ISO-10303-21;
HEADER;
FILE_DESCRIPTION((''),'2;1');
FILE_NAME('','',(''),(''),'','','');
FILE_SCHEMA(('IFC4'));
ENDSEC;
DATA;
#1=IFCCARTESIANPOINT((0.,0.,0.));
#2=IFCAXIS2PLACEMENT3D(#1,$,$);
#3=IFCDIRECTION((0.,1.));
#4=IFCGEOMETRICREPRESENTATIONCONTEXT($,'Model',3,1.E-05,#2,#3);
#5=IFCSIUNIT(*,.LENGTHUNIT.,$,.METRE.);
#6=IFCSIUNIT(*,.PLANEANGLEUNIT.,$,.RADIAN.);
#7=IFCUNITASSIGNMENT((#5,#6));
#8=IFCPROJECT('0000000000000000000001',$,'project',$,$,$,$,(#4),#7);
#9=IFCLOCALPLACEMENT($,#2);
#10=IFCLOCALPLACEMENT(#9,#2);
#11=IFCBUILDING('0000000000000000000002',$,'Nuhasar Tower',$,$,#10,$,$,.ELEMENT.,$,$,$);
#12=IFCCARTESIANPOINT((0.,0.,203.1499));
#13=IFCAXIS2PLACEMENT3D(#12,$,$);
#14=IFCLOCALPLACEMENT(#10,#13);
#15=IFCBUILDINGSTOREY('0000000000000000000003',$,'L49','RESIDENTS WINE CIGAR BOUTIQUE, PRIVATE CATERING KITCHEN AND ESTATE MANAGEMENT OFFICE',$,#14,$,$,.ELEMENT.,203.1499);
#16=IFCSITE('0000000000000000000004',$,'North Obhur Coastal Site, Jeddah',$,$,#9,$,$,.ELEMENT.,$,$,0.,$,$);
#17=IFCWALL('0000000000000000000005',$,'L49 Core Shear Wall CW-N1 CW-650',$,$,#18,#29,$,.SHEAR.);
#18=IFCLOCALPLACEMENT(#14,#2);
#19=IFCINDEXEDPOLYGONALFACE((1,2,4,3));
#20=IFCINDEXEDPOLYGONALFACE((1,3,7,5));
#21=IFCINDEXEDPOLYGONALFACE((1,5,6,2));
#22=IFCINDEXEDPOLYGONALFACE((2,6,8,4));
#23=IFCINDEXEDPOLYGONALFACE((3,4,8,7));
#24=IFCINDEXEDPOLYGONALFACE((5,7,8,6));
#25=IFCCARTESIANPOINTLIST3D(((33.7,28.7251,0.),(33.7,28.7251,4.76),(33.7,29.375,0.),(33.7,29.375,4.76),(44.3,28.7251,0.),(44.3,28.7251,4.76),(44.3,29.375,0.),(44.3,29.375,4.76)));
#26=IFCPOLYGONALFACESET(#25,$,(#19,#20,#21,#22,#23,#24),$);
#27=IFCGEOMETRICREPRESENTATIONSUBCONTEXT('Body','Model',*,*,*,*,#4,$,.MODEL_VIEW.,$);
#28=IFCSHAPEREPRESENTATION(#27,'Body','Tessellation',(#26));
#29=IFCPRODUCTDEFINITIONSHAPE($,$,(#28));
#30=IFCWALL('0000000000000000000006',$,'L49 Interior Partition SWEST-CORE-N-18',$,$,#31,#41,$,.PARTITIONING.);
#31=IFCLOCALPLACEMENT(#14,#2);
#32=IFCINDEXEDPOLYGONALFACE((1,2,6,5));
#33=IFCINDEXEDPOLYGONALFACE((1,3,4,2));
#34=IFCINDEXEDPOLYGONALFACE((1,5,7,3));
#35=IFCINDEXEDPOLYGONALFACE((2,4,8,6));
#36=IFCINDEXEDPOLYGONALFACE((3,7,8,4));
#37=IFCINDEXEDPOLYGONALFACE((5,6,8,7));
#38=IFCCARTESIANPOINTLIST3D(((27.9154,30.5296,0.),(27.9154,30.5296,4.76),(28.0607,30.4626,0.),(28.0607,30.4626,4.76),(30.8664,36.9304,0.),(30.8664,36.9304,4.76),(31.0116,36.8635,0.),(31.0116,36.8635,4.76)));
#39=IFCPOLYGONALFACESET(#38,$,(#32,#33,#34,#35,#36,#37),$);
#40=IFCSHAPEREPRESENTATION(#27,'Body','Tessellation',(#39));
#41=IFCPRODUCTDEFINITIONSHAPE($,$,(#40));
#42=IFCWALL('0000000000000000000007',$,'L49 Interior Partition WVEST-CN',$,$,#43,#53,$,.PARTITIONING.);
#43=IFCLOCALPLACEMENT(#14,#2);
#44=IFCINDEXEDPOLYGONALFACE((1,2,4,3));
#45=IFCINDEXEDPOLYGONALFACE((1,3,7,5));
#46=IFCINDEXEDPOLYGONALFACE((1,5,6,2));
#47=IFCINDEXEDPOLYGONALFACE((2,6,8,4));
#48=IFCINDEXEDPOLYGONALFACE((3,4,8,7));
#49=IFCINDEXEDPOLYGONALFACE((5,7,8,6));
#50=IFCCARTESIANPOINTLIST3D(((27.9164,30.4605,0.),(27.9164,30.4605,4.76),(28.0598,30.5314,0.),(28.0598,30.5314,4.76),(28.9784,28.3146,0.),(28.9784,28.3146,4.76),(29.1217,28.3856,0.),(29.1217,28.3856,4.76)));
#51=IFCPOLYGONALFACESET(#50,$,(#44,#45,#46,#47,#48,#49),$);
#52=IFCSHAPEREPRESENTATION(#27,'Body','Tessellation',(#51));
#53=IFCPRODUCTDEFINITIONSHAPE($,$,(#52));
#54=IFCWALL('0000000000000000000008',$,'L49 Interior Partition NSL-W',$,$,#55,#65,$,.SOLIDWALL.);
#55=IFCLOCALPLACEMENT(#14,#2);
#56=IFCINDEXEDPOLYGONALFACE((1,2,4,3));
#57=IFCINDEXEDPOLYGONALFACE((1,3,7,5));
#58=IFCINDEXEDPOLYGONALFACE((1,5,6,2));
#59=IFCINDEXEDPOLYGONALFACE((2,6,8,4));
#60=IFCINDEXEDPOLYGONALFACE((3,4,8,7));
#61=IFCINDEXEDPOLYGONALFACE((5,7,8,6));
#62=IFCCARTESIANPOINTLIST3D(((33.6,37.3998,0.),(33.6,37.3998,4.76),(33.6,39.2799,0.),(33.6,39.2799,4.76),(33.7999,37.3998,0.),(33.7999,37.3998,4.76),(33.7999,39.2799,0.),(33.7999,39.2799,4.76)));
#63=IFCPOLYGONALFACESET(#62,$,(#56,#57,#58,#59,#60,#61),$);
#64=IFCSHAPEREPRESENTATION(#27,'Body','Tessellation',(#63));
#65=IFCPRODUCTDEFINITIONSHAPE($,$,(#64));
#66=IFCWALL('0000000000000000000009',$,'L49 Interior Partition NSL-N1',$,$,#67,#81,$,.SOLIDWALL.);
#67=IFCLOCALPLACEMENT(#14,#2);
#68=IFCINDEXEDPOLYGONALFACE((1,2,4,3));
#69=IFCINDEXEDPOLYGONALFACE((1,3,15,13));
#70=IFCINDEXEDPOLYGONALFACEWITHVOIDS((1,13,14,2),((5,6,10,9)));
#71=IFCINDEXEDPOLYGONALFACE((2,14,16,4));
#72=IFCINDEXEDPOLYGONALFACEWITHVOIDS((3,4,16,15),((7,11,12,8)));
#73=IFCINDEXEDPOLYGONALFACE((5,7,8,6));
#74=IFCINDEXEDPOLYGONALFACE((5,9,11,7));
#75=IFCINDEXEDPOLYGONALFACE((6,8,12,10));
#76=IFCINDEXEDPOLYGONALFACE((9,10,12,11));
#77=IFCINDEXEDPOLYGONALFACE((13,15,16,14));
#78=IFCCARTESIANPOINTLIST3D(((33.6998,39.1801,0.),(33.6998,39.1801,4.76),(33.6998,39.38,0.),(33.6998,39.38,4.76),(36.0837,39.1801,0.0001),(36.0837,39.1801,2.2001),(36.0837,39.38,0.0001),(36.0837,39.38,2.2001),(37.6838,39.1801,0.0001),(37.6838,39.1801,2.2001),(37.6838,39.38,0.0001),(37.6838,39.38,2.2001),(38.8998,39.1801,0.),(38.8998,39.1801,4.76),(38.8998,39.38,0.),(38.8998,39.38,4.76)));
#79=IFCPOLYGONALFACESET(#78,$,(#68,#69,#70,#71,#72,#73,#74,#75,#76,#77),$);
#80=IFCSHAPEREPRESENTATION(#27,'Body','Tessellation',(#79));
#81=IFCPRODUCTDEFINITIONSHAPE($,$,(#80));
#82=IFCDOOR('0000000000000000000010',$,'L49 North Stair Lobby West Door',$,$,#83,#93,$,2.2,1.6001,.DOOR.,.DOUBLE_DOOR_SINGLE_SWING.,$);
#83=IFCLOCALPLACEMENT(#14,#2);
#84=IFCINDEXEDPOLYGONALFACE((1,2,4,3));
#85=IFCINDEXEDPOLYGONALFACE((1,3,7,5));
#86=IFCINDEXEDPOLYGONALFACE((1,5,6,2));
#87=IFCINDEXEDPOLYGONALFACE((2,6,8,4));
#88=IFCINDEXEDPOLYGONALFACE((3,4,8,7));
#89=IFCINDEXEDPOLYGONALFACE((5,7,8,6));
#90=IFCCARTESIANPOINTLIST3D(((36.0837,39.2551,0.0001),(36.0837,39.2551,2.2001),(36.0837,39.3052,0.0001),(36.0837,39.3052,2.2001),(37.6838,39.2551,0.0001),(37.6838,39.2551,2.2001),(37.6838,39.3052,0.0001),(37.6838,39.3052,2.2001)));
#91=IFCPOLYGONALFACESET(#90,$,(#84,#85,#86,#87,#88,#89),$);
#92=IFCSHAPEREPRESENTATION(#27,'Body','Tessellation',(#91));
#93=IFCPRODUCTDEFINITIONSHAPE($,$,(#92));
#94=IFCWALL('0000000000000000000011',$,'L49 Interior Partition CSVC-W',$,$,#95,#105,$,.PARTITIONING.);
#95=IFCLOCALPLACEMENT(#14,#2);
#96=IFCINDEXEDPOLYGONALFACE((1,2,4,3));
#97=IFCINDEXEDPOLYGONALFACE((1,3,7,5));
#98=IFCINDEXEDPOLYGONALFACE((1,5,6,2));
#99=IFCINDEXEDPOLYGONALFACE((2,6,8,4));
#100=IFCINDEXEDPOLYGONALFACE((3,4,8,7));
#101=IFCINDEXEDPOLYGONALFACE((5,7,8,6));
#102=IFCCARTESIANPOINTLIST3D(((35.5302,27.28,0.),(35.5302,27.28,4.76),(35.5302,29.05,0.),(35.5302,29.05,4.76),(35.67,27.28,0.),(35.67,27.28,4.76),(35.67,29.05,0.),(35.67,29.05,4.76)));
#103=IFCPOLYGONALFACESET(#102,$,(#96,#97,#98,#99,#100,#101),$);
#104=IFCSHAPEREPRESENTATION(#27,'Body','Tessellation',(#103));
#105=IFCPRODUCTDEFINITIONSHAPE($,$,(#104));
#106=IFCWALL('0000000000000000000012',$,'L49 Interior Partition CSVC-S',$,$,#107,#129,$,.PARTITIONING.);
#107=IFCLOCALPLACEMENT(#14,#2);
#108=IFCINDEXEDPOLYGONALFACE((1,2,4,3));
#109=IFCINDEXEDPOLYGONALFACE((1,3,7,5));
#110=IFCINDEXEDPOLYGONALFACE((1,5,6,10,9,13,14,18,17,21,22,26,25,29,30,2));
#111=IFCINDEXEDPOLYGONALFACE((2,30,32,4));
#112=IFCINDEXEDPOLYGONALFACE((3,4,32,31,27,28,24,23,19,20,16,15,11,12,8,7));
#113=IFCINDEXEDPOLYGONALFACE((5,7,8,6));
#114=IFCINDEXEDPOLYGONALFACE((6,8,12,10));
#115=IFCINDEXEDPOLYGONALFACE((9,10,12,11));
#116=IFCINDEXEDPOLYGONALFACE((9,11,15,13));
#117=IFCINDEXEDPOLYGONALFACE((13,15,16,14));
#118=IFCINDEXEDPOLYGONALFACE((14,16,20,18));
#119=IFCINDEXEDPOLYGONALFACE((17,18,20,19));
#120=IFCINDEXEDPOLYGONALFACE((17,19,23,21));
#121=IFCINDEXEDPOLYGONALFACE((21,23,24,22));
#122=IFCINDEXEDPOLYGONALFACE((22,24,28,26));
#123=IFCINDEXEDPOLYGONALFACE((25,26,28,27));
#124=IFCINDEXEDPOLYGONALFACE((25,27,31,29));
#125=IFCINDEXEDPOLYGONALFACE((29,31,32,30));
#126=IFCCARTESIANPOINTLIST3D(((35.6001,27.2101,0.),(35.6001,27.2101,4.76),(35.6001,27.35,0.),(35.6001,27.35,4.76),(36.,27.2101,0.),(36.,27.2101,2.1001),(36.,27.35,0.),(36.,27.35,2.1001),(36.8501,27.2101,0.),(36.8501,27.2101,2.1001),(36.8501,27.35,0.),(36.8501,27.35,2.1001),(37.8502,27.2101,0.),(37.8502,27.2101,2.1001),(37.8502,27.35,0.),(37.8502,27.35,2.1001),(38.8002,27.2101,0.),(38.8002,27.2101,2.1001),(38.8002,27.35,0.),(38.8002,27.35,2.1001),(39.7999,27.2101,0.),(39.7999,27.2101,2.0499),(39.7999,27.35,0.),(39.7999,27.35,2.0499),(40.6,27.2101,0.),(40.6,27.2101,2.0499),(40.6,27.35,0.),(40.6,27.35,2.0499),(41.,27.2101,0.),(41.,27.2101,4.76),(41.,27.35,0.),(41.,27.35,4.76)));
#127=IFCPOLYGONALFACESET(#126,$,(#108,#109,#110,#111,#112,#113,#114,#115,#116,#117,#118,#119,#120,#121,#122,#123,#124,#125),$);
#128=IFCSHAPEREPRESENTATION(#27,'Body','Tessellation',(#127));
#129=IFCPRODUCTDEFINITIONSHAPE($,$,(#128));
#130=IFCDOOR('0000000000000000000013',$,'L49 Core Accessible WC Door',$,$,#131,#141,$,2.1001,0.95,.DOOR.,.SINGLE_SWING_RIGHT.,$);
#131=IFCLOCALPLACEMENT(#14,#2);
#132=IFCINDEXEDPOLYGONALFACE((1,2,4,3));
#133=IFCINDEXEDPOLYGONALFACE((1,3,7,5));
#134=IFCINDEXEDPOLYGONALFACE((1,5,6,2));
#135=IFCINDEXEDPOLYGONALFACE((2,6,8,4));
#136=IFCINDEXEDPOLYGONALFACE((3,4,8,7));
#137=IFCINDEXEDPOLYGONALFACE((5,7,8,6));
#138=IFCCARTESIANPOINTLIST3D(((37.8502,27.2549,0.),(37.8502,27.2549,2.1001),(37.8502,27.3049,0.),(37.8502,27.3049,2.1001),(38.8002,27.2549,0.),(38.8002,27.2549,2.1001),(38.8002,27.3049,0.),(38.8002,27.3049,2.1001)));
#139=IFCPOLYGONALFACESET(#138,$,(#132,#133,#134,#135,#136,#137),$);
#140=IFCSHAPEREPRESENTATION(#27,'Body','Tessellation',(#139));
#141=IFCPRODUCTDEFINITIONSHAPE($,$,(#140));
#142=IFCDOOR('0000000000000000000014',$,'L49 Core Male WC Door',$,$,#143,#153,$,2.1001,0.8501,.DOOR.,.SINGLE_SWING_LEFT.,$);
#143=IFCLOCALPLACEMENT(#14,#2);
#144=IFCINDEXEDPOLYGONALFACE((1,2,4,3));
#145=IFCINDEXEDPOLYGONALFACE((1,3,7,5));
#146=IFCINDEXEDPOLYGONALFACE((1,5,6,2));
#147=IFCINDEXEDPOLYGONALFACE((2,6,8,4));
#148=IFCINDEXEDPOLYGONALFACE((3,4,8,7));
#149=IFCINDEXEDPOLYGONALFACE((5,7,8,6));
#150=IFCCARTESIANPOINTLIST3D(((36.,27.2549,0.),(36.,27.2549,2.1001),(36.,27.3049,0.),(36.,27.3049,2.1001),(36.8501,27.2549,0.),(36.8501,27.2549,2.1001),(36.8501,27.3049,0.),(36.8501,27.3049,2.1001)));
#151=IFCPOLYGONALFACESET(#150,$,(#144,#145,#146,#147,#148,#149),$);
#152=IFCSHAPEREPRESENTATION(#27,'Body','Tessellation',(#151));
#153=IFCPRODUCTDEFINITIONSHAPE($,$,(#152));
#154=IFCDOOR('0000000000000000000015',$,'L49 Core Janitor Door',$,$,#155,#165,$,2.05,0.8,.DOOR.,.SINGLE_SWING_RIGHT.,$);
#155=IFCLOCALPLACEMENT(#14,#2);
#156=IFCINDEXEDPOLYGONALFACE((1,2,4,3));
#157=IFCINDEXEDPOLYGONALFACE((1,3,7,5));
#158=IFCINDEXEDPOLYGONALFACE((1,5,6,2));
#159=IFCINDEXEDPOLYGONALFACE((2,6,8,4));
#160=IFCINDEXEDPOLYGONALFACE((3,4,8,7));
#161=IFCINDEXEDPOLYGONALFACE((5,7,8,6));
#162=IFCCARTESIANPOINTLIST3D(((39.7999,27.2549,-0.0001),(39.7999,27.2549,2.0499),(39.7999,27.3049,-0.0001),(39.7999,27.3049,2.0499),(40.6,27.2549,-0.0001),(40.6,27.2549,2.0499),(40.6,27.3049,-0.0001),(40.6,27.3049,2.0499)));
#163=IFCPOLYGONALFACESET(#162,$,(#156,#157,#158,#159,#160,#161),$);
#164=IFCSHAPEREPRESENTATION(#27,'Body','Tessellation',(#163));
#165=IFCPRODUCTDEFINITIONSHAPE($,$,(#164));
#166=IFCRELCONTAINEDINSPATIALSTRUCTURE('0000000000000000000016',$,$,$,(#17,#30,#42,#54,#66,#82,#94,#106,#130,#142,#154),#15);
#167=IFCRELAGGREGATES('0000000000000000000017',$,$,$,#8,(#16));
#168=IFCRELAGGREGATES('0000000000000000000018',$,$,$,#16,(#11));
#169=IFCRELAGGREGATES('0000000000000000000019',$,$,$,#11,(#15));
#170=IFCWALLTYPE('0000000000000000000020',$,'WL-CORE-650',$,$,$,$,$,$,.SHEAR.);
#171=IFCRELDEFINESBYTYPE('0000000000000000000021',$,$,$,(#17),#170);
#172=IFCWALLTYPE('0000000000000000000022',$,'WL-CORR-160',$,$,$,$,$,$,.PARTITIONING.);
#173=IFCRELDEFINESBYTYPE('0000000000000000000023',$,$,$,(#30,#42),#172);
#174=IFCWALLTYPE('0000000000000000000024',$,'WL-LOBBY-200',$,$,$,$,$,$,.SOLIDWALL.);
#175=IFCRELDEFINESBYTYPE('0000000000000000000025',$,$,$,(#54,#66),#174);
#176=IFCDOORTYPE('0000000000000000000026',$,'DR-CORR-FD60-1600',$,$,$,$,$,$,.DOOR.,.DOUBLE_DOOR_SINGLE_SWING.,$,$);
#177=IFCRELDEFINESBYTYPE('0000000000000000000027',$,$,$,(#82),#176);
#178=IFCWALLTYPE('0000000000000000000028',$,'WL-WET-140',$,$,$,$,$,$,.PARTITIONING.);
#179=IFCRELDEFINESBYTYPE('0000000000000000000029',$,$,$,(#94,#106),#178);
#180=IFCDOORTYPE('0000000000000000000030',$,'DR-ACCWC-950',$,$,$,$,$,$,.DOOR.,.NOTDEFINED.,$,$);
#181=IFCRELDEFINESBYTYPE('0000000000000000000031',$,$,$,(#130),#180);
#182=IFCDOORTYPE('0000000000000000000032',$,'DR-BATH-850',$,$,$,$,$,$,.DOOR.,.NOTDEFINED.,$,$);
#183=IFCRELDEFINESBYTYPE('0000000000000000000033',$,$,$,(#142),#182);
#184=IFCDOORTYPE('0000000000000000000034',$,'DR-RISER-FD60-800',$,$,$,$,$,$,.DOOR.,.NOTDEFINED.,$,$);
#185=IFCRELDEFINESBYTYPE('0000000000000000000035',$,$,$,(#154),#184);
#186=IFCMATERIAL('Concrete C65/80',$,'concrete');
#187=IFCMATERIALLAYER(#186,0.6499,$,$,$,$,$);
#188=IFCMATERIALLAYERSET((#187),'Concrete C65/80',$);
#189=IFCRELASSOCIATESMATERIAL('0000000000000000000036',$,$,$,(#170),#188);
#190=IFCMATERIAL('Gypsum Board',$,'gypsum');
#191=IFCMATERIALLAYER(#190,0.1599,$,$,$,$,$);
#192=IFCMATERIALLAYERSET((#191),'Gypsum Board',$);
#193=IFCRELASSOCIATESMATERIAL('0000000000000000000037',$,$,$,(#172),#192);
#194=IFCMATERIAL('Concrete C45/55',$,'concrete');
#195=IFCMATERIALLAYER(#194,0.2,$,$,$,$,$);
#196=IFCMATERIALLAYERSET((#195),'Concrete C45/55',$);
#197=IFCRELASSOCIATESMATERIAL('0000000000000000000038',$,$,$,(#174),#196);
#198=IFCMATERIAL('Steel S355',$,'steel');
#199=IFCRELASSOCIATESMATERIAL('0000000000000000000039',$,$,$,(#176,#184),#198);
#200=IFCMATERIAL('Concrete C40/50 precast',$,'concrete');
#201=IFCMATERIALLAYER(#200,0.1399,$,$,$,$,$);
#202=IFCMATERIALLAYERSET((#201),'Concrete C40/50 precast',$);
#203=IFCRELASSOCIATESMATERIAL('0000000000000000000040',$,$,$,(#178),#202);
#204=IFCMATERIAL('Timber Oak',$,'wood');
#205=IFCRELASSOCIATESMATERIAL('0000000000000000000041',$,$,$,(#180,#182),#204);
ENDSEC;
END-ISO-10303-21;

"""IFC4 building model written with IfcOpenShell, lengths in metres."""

from ifc_helpers import new_model, si_unit, direction, frame, frame_2d, origin, place, context, subcontext, project, spatial, rectangle, extrude, material, layer, layer_set, type_object, element, fill, save


model = new_model("IFC4")

# Units and contexts
model_context = context("Model", 3, precision=1e-05, world=origin(), true_north=direction((0.0, 1.0)))
body_context = subcontext(model_context, "Body", "Model", "MODEL_VIEW")
ifc_project = project(units=[si_unit("LENGTHUNIT", "METRE"), si_unit("PLANEANGLEUNIT", "RADIAN")], contexts=[model_context])

# Site, building, storey
site_placement = place(None, origin())
site = spatial("IfcSite", under=ifc_project, at=site_placement, Name="North Obhur Coastal Site, Jeddah", CompositionType="ELEMENT", RefElevation=0.0)
building_placement = place(site_placement, origin())
building = spatial("IfcBuilding", under=site, at=building_placement, Name="Nuhasar Tower", CompositionType="ELEMENT")
storey_placement = place(building_placement, frame((0.0, 0.0, 203.1499)))
storey = spatial("IfcBuildingStorey", under=building, at=storey_placement, Name="L49", Description="RESIDENTS WINE CIGAR BOUTIQUE, PRIVATE CATERING KITCHEN AND ESTATE MANAGEMENT OFFICE", CompositionType="ELEMENT", Elevation=203.1499)

# Shared definitions
ifc_material_1 = material(Name="Steel S355", Category="steel")

# Walls
ifc_material_2 = material(Name="Concrete C65/80", Category="concrete")
ifc_layer_1 = layer(ifc_material_2, 0.6499)
ifc_layer_set_1 = layer_set([ifc_layer_1], Name="Concrete C65/80")
wall_type_1 = type_object("IfcWallType", Name="WL-CORE-650", PredefinedType="SHEAR", material=ifc_layer_set_1)
wall_1_placement = place(storey_placement, frame((33.7, 29.05, 0.0), z_axis=(0.0, 0.0, 1.0), x_axis=(1.0, 0.0, 0.0)))
element("IfcWall", 1, at=wall_1_placement, inside=storey, type_object=wall_type_1, Name="L49 Core Shear Wall CW-N1 CW-650", PredefinedType="SHEAR", context=body_context, shape_type="SweptSolid", body=[
    extrude(rectangle(XDim=10.6001, YDim=0.6499, at=frame_2d((5.3, 0.0))), origin(), (0.0, 0.0, 1.0), 4.76),
])
ifc_material_3 = material(Name="Gypsum Board", Category="gypsum")
ifc_layer_2 = layer(ifc_material_3, 0.1599)
ifc_layer_set_2 = layer_set([ifc_layer_2], Name="Gypsum Board")
wall_type_2 = type_object("IfcWallType", Name="WL-CORR-160", PredefinedType="PARTITIONING", material=ifc_layer_set_2)
wall_2_placement = place(storey_placement, frame((30.939, 36.897, 0.0), z_axis=(0.0, 0.0, 1.0), x_axis=(-0.418669, -0.908139, 0.0)))
element("IfcWall", 2, at=wall_2_placement, inside=storey, type_object=wall_type_2, Name="L49 Interior Partition SWEST-CORE-N-18", PredefinedType="PARTITIONING", context=body_context, shape_type="SweptSolid", body=[
    extrude(rectangle(XDim=7.0483, YDim=0.1599, at=frame_2d((3.5242, 0.0))), origin(), (0.0, 0.0, 1.0), 4.76),
])
wall_3_placement = place(storey_placement, frame((27.988, 30.4961, 0.0), z_axis=(0.0, 0.0, 1.0), x_axis=(0.443539, -0.896255, 0.0)))
element("IfcWall", 3, at=wall_3_placement, inside=storey, type_object=wall_type_2, Name="L49 Interior Partition WVEST-CN", PredefinedType="PARTITIONING", context=body_context, shape_type="SweptSolid", body=[
    extrude(rectangle(XDim=2.3943, YDim=0.1599, at=frame_2d((1.1973, 0.0))), origin(), (0.0, 0.0, 1.0), 4.76),
])
ifc_material_4 = material(Name="Concrete C45/55", Category="concrete")
ifc_layer_3 = layer(ifc_material_4, 0.2)
ifc_layer_set_3 = layer_set([ifc_layer_3], Name="Concrete C45/55")
wall_type_3 = type_object("IfcWallType", Name="WL-LOBBY-200", PredefinedType="SOLIDWALL", material=ifc_layer_set_3)
wall_4_placement = place(storey_placement, frame((33.7, 37.3999, 0.0), z_axis=(0.0, 0.0, 1.0), x_axis=(0.0, 1.0, 0.0)))
element("IfcWall", 4, at=wall_4_placement, inside=storey, type_object=wall_type_3, Name="L49 Interior Partition NSL-W", PredefinedType="SOLIDWALL", context=body_context, shape_type="SweptSolid", body=[
    extrude(rectangle(XDim=1.8801, YDim=0.2, at=frame_2d((0.9399, 0.0))), origin(), (0.0, 0.0, 1.0), 4.76),
])

# Wall, opening, door
wall_5_placement = place(storey_placement, frame((38.8999, 39.28, 0.0), z_axis=(0.0, 0.0, 1.0), x_axis=(-1.0, 0.0, 0.0)))
wall_5 = element("IfcWall", 5, at=wall_5_placement, inside=storey, type_object=wall_type_3, Name="L49 Interior Partition NSL-N1", PredefinedType="SOLIDWALL", context=body_context, shape_type="SweptSolid", body=[
    extrude(rectangle(XDim=5.2, YDim=0.2, at=frame_2d((2.6001, 0.0))), origin(), (0.0, 0.0, 1.0), 4.76),
])
opening_1_placement = place(wall_5_placement, frame((1.2161, 0.0, 0.0)))
opening_1 = element("IfcOpeningElement", 6, at=opening_1_placement, cuts=wall_5, PredefinedType="OPENING", context=body_context, shape_type="SweptSolid", body=[
    extrude(rectangle(XDim=1.6001, YDim=2.2, at=frame_2d((0.8, 1.1001))), frame((0.0, 0.1099, 0.0), z_axis=(0.0, -1.0, 0.0), x_axis=(1.0, 0.0, 0.0)), (0.0, 0.0, 1.0), 0.22),
])
door_type_1 = type_object("IfcDoorType", Name="DR-CORR-FD60-1600", OperationType="DOUBLE_DOOR_SINGLE_SWING", PredefinedType="DOOR", material=ifc_material_1)
door_1_placement = place(opening_1_placement, origin())
door_1 = element("IfcDoor", 7, at=door_1_placement, inside=storey, type_object=door_type_1, Name="L49 North Stair Lobby West Door", OperationType="DOUBLE_DOOR_SINGLE_SWING", OverallHeight=2.2, OverallWidth=1.6001, PredefinedType="DOOR", context=body_context, shape_type="SweptSolid", body=[
    extrude(rectangle(XDim=1.6001, YDim=2.2, at=frame_2d((0.8, 1.1001))), frame((0.0, 0.0249, 0.0), z_axis=(0.0, -1.0, 0.0), x_axis=(1.0, 0.0, 0.0)), (0.0, 0.0, 1.0), 0.05),
])
fill(opening_1, door_1)

# Wall
ifc_material_5 = material(Name="Concrete C40/50 precast", Category="concrete")
ifc_layer_4 = layer(ifc_material_5, 0.1399)
ifc_layer_set_4 = layer_set([ifc_layer_4], Name="Concrete C40/50 precast")
wall_type_4 = type_object("IfcWallType", Name="WL-WET-140", PredefinedType="PARTITIONING", material=ifc_layer_set_4)
wall_6_placement = place(storey_placement, frame((35.6001, 27.28, 0.0), z_axis=(0.0, 0.0, 1.0), x_axis=(0.0, 1.0, 0.0)))
element("IfcWall", 8, at=wall_6_placement, inside=storey, type_object=wall_type_4, Name="L49 Interior Partition CSVC-W", PredefinedType="PARTITIONING", context=body_context, shape_type="SweptSolid", body=[
    extrude(rectangle(XDim=1.77, YDim=0.1399, at=frame_2d((0.885, 0.0))), origin(), (0.0, 0.0, 1.0), 4.76),
])

# Wall, openings, doors
wall_7_placement = place(storey_placement, frame((35.6001, 27.28, 0.0), z_axis=(0.0, 0.0, 1.0), x_axis=(1.0, 0.0, 0.0)))
wall_7 = element("IfcWall", 9, at=wall_7_placement, inside=storey, type_object=wall_type_4, Name="L49 Interior Partition CSVC-S", PredefinedType="PARTITIONING", context=body_context, shape_type="SweptSolid", body=[
    extrude(rectangle(XDim=5.3999, YDim=0.1399, at=frame_2d((2.7, 0.0))), origin(), (0.0, 0.0, 1.0), 4.76),
])
opening_2_placement = place(wall_7_placement, frame((0.3999, 0.0, 0.0)))
opening_2 = element("IfcOpeningElement", 10, at=opening_2_placement, cuts=wall_7, PredefinedType="OPENING", context=body_context, shape_type="SweptSolid", body=[
    extrude(rectangle(XDim=0.8501, YDim=2.1001, at=frame_2d((0.425, 1.05))), frame((0.0, 0.0801, 0.0), z_axis=(0.0, -1.0, 0.0), x_axis=(1.0, 0.0, 0.0)), (0.0, 0.0, 1.0), 0.1599),
])
opening_3_placement = place(wall_7_placement, frame((2.25, 0.0, 0.0)))
opening_3 = element("IfcOpeningElement", 11, at=opening_3_placement, cuts=wall_7, PredefinedType="OPENING", context=body_context, shape_type="SweptSolid", body=[
    extrude(rectangle(XDim=0.95, YDim=2.1001, at=frame_2d((0.4751, 1.05))), frame((0.0, 0.0801, 0.0), z_axis=(0.0, -1.0, 0.0), x_axis=(1.0, 0.0, 0.0)), (0.0, 0.0, 1.0), 0.1599),
])
opening_4_placement = place(wall_7_placement, frame((4.2, 0.0, 0.0)))
opening_4 = element("IfcOpeningElement", 12, at=opening_4_placement, cuts=wall_7, PredefinedType="OPENING", context=body_context, shape_type="SweptSolid", body=[
    extrude(rectangle(XDim=0.8, YDim=2.05, at=frame_2d((0.3999, 1.0249))), frame((0.0, 0.0801, 0.0), z_axis=(0.0, -1.0, 0.0), x_axis=(1.0, 0.0, 0.0)), (0.0, 0.0, 1.0), 0.1599),
])
ifc_material_6 = material(Name="Timber Oak", Category="wood")
door_type_2 = type_object("IfcDoorType", Name="DR-ACCWC-950", OperationType="NOTDEFINED", PredefinedType="DOOR", material=ifc_material_6)
door_2_placement = place(opening_3_placement, origin())
door_2 = element("IfcDoor", 13, at=door_2_placement, inside=storey, type_object=door_type_2, Name="L49 Core Accessible WC Door", OperationType="SINGLE_SWING_RIGHT", OverallHeight=2.1001, OverallWidth=0.95, PredefinedType="DOOR", context=body_context, shape_type="SweptSolid", body=[
    extrude(rectangle(XDim=0.95, YDim=2.1001, at=frame_2d((0.4751, 1.05))), frame((0.0, 0.0249, 0.0), z_axis=(0.0, -1.0, 0.0), x_axis=(1.0, 0.0, 0.0)), (0.0, 0.0, 1.0), 0.05),
])
fill(opening_3, door_2)
door_type_3 = type_object("IfcDoorType", Name="DR-BATH-850", OperationType="NOTDEFINED", PredefinedType="DOOR", material=ifc_material_6)
door_3_placement = place(opening_2_placement, origin())
door_3 = element("IfcDoor", 14, at=door_3_placement, inside=storey, type_object=door_type_3, Name="L49 Core Male WC Door", OperationType="SINGLE_SWING_LEFT", OverallHeight=2.1001, OverallWidth=0.8501, PredefinedType="DOOR", context=body_context, shape_type="SweptSolid", body=[
    extrude(rectangle(XDim=0.8501, YDim=2.1001, at=frame_2d((0.425, 1.05))), frame((0.0, 0.0249, 0.0), z_axis=(0.0, -1.0, 0.0), x_axis=(1.0, 0.0, 0.0)), (0.0, 0.0, 1.0), 0.05),
])
fill(opening_2, door_3)
door_type_4 = type_object("IfcDoorType", Name="DR-RISER-FD60-800", OperationType="NOTDEFINED", PredefinedType="DOOR", material=ifc_material_1)
door_4_placement = place(opening_4_placement, origin())
door_4 = element("IfcDoor", 15, at=door_4_placement, inside=storey, type_object=door_type_4, Name="L49 Core Janitor Door", OperationType="SINGLE_SWING_RIGHT", OverallHeight=2.05, OverallWidth=0.8, PredefinedType="DOOR", context=body_context, shape_type="SweptSolid", body=[
    extrude(rectangle(XDim=0.8, YDim=2.05, at=frame_2d((0.3999, 1.0249))), frame((0.0, 0.0249, 0.0), z_axis=(0.0, -1.0, 0.0), x_axis=(1.0, 0.0, 0.0)), (0.0, 0.0, 1.0), 0.05),
])
fill(opening_4, door_4)

save(model, "model.ifc")
